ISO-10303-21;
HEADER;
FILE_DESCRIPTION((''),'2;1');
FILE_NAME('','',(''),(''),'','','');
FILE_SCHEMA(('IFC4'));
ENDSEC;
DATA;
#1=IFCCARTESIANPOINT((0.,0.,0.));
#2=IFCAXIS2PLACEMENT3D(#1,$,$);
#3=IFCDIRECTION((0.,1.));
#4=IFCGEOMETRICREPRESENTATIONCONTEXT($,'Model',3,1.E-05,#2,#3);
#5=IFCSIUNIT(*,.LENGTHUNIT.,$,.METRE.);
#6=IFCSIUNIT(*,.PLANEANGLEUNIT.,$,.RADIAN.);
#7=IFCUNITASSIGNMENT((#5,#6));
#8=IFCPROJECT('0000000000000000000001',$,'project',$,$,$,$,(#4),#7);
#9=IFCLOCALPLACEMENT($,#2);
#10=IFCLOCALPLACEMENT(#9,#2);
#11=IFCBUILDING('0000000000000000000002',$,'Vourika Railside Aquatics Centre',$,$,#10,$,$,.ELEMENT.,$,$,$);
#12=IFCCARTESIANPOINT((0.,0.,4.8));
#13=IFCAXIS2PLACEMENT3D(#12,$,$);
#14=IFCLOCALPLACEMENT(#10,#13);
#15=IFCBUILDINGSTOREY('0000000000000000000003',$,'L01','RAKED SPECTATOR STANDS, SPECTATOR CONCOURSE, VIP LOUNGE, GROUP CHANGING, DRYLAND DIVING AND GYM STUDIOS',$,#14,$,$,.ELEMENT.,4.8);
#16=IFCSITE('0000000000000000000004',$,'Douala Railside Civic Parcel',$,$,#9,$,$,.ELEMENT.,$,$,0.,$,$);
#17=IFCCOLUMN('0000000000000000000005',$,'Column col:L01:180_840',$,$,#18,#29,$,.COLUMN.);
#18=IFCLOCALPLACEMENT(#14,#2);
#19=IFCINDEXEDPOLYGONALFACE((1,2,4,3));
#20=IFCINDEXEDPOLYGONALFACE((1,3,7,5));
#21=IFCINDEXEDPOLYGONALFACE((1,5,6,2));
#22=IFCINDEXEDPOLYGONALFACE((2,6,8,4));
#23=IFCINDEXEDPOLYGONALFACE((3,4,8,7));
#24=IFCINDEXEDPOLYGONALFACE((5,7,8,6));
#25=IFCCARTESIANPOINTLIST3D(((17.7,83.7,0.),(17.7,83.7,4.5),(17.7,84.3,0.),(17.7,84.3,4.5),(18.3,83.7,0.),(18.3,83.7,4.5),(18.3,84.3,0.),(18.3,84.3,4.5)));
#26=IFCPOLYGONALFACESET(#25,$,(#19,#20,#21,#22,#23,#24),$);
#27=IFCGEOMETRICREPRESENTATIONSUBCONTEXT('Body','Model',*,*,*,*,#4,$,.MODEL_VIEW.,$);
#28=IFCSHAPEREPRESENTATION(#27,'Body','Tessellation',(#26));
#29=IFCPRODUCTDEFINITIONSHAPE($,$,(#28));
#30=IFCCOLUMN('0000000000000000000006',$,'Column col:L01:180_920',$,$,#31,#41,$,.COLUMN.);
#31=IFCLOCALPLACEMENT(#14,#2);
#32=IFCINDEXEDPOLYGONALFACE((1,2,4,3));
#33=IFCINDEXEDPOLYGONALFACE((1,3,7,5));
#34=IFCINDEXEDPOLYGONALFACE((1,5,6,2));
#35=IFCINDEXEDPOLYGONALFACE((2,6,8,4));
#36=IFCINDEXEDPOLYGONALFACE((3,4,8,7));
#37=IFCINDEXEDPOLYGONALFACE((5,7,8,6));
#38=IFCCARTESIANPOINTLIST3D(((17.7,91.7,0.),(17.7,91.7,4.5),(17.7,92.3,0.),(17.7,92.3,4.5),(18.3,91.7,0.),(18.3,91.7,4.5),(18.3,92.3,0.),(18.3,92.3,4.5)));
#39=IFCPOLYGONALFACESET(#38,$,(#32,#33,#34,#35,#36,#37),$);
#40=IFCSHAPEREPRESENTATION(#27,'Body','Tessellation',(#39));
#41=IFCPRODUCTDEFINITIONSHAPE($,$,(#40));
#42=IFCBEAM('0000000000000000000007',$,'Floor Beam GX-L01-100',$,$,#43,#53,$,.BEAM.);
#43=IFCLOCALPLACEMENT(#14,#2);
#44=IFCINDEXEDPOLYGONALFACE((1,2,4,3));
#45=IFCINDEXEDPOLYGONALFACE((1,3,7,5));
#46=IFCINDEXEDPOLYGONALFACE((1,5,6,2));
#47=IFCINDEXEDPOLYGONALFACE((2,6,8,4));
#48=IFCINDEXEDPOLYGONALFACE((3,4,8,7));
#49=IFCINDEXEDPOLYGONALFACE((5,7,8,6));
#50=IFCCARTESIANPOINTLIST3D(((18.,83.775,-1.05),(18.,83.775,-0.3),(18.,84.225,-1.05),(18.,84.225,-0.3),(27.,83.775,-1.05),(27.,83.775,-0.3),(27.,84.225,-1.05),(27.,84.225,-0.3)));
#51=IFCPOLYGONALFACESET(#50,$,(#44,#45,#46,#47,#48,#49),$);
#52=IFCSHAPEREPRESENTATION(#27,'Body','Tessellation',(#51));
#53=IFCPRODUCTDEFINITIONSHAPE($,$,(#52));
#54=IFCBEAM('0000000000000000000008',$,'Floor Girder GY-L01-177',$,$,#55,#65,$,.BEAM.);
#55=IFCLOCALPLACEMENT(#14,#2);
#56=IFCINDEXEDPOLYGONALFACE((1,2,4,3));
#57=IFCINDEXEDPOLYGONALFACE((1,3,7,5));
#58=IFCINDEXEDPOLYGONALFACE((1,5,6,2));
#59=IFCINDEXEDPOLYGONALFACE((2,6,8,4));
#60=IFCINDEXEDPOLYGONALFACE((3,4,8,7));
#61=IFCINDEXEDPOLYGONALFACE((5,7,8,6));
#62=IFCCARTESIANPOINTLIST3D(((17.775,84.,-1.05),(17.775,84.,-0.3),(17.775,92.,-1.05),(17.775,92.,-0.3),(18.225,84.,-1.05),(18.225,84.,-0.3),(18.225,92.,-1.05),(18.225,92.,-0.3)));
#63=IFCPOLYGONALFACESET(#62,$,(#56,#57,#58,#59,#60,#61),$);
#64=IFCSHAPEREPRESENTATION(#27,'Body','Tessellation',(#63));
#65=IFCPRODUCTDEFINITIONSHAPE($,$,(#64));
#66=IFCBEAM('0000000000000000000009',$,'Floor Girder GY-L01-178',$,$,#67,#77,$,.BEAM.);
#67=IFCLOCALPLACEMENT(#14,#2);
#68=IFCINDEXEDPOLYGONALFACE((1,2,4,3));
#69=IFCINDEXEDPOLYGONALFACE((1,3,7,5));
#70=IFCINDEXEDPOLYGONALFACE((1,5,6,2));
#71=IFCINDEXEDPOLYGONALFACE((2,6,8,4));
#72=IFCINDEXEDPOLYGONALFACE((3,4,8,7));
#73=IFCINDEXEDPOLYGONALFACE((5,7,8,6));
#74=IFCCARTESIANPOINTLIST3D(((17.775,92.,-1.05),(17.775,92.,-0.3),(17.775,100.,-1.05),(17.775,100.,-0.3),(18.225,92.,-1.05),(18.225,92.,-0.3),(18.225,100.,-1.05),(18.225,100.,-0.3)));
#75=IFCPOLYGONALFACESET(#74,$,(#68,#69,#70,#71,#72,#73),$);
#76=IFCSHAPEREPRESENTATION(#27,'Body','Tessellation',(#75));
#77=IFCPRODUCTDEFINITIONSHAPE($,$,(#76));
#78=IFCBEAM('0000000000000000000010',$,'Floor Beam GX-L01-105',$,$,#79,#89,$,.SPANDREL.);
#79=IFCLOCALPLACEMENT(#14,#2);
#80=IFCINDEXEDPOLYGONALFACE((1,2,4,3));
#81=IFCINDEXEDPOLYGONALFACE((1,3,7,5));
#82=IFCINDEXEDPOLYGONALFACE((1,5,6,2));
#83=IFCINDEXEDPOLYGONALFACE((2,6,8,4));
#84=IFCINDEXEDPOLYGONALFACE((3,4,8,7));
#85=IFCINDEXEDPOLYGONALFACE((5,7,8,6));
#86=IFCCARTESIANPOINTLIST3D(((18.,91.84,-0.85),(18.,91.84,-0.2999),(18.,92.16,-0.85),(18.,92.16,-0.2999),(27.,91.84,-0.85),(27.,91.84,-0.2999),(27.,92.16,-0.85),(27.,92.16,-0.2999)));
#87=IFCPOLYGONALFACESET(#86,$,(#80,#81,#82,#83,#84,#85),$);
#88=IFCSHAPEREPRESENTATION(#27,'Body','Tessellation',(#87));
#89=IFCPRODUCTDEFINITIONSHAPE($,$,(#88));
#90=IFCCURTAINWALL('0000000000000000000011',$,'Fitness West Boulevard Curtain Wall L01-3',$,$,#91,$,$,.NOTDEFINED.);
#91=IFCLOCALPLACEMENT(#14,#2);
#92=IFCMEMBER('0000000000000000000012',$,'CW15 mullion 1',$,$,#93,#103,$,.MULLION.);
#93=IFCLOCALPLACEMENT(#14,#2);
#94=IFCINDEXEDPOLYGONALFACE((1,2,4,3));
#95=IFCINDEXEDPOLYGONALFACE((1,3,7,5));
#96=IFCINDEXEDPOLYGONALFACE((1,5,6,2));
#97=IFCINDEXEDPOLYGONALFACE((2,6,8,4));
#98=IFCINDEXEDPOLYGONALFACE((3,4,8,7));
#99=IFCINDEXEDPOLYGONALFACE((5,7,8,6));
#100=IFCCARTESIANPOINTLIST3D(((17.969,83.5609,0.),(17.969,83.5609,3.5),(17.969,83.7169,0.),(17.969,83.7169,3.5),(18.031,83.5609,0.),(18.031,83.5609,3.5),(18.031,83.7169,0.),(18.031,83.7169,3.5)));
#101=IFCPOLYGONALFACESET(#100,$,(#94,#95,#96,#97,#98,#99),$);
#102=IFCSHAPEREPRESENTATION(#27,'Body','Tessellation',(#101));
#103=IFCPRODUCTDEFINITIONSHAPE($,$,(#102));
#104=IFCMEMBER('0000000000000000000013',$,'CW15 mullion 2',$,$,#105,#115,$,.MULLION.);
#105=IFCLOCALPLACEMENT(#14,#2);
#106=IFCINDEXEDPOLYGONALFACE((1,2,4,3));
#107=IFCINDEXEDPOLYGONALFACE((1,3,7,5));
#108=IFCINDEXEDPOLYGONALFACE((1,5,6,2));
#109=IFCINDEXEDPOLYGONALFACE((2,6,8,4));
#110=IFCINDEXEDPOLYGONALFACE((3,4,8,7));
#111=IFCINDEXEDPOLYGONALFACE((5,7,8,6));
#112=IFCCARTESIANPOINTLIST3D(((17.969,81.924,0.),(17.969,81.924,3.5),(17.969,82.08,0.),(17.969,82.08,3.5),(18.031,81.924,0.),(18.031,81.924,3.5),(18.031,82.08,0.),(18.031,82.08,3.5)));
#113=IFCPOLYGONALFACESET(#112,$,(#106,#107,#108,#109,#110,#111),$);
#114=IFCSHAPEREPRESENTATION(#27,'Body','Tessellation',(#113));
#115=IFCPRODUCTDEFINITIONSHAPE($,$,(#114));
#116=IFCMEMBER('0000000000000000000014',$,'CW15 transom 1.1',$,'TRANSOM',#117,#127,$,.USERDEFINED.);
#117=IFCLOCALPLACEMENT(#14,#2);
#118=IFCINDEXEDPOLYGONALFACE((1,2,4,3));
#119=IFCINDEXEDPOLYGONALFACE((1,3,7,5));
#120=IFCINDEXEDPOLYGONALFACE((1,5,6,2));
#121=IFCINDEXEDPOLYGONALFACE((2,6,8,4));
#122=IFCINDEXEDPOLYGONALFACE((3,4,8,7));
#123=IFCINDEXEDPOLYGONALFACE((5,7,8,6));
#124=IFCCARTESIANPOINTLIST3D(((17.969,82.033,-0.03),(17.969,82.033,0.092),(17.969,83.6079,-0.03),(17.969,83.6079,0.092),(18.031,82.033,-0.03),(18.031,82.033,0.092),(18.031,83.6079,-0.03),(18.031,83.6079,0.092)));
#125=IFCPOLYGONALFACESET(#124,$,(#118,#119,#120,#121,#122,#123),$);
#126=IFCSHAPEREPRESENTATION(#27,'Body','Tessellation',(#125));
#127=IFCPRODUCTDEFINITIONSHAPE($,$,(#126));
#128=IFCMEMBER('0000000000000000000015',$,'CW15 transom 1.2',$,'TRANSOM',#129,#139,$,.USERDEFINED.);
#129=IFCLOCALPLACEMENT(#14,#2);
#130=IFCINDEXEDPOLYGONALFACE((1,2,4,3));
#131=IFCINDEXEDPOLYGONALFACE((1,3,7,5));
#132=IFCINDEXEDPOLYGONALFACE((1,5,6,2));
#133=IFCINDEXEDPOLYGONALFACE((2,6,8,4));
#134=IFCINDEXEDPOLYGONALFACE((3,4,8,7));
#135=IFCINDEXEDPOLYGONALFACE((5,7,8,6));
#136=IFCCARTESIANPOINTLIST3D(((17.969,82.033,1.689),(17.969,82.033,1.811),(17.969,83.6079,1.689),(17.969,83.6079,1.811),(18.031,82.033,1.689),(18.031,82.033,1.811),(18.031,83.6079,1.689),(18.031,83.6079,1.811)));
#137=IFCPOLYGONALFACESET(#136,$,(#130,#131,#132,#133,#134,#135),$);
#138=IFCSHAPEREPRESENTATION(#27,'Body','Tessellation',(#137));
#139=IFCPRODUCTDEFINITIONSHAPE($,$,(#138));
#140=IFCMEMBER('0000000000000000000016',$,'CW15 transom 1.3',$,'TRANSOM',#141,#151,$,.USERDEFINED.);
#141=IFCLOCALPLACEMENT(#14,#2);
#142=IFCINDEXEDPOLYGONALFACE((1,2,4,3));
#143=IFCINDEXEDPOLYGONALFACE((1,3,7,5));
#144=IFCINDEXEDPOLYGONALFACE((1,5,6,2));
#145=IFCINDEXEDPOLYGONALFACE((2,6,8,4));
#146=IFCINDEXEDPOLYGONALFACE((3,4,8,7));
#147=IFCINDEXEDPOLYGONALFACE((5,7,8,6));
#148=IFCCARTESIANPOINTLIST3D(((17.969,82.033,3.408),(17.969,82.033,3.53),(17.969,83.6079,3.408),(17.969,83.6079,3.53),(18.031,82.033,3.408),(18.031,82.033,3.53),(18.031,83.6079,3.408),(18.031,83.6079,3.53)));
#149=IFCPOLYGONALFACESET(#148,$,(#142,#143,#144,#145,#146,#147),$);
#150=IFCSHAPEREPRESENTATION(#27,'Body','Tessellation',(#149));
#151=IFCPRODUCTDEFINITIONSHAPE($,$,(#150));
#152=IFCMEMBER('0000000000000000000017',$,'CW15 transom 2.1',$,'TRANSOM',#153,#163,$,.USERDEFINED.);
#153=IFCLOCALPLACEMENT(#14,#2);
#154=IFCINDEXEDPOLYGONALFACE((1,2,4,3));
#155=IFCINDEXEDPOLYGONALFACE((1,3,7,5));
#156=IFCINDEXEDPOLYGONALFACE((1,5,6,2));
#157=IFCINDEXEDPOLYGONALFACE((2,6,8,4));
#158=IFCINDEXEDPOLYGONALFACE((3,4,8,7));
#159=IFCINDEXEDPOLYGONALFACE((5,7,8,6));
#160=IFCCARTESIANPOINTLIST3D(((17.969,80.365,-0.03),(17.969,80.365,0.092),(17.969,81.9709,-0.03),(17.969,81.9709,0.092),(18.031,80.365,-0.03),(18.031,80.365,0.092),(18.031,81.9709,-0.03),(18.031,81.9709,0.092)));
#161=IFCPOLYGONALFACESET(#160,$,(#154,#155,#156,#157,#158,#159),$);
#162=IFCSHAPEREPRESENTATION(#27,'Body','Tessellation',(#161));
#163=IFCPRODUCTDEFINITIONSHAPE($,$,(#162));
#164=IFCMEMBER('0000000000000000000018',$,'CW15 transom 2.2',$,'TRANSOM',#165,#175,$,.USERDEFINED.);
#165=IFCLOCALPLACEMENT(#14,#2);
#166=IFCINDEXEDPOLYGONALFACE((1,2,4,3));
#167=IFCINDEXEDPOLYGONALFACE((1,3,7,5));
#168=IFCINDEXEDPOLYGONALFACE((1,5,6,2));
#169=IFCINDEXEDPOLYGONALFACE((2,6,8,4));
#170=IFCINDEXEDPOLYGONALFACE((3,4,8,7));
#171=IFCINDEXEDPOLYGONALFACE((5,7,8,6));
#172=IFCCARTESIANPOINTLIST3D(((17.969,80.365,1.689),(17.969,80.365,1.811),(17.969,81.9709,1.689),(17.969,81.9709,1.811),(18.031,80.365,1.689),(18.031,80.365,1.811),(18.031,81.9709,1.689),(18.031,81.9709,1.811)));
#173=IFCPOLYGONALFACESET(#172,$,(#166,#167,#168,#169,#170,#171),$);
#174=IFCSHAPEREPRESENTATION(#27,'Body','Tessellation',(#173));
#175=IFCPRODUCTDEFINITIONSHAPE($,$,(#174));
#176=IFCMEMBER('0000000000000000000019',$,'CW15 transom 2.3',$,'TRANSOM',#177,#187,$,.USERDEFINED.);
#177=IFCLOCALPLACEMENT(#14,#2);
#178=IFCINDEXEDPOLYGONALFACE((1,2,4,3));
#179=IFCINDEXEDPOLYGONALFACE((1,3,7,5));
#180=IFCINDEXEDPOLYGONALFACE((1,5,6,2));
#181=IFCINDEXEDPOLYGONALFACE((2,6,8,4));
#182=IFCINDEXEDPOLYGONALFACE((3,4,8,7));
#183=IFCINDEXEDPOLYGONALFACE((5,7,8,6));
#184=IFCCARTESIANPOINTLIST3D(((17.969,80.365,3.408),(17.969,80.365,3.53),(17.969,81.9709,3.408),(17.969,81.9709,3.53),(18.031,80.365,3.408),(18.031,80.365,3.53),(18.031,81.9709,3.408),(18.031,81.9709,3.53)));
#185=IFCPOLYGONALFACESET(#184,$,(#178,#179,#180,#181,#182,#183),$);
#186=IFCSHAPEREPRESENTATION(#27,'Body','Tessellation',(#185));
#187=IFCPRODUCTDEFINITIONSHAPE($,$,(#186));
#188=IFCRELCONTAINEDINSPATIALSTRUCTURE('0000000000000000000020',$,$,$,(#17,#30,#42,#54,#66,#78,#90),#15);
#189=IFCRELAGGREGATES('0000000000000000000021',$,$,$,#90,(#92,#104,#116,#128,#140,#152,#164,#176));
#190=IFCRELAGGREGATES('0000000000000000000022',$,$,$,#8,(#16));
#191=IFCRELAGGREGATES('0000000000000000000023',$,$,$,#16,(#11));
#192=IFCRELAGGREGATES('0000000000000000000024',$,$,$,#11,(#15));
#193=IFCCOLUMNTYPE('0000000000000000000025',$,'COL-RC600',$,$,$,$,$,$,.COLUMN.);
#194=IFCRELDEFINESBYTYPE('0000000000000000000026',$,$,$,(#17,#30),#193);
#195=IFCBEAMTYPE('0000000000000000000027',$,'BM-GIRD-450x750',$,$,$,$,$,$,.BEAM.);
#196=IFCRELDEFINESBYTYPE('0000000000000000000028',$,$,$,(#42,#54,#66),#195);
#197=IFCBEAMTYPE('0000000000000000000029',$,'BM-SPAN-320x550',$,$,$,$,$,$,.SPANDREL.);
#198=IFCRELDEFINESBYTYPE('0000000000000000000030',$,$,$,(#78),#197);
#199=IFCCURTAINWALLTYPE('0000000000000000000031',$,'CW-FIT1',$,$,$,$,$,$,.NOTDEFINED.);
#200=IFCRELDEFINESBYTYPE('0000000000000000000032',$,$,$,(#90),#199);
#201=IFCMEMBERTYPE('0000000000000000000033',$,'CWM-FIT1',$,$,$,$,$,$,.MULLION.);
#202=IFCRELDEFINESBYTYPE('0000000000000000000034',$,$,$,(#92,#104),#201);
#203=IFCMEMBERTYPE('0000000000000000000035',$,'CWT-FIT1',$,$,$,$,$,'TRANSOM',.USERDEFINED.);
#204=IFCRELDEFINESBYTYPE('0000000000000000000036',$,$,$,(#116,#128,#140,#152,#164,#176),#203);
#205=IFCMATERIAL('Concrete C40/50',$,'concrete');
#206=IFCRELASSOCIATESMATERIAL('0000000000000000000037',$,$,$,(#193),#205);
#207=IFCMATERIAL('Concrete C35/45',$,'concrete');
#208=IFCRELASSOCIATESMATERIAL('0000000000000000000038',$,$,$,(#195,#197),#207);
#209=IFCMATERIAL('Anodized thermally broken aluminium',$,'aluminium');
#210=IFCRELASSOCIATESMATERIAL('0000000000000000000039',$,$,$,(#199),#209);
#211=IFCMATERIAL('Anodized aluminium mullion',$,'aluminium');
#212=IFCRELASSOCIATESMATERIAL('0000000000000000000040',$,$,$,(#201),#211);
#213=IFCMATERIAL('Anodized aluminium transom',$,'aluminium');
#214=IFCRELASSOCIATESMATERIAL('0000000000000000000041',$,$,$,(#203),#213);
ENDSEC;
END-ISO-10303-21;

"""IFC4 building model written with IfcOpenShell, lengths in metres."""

from ifc_helpers import new_model, si_unit, direction, frame, origin, origin_2d, place, context, subcontext, project, spatial, rectangle, extrude, material, material_profile, profile_set, type_object, element, aggregate, save


model = new_model("IFC4")

# Units and contexts
model_context = context("Model", 3, precision=1e-05, world=origin(), true_north=direction((0.0, 1.0)))
body_context = subcontext(model_context, "Body", "Model", "MODEL_VIEW")
ifc_project = project(units=[si_unit("LENGTHUNIT", "METRE"), si_unit("PLANEANGLEUNIT", "RADIAN")], contexts=[model_context])

# Site, building, storey
site_placement = place(None, origin())
site = spatial("IfcSite", under=ifc_project, at=site_placement, Name="Douala Railside Civic Parcel", CompositionType="ELEMENT", RefElevation=0.0)
building_placement = place(site_placement, origin())
building = spatial("IfcBuilding", under=site, at=building_placement, Name="Vourika Railside Aquatics Centre", CompositionType="ELEMENT")
storey_placement = place(building_placement, frame((0.0, 0.0, 4.8)))
storey = spatial("IfcBuildingStorey", under=building, at=storey_placement, Name="L01", Description="RAKED SPECTATOR STANDS, SPECTATOR CONCOURSE, VIP LOUNGE, GROUP CHANGING, DRYLAND DIVING AND GYM STUDIOS", CompositionType="ELEMENT", Elevation=4.8)

# Columns
ifc_material_1 = material(Name="Concrete C40/50", Category="concrete")
ifc_material_profile_1 = material_profile(ifc_material_1, rectangle(XDim=0.6001, YDim=0.6001, at=origin_2d()), Name="RC 600x600")
ifc_profile_set_1 = profile_set([ifc_material_profile_1], Name="Concrete C40/50")
column_type = type_object("IfcColumnType", Name="COL-RC600", PredefinedType="COLUMN", material=ifc_profile_set_1)
for number, where, z_axis, x_axis, name in (
    (1, (18.0, 84.0, 0.0), (0.0, 0.0, 1.0), (1.0, 0.0, 0.0), "Column col:L01:180_840"),
    (2, (18.0, 92.0, 0.0), (0.0, 0.0, 1.0), (1.0, 0.0, 0.0), "Column col:L01:180_920"),
):
    element("IfcColumn", number, at=place(storey_placement, frame(where, z_axis=z_axis, x_axis=x_axis)), inside=storey, type_object=column_type, Name=name, PredefinedType="COLUMN", context=body_context, shape_type="SweptSolid", body=[
        extrude(rectangle(XDim=0.6001, YDim=0.6001, at=origin_2d()), origin(), (0.0, 0.0, 1.0), 4.5),
    ])

# Beams
ifc_material_2 = material(Name="Concrete C35/45", Category="concrete")
ifc_material_profile_2 = material_profile(ifc_material_2, rectangle(XDim=0.45, YDim=0.75, at=origin_2d()), Name="RC 450x750")
ifc_profile_set_2 = profile_set([ifc_material_profile_2], Name="Concrete C35/45")
beam_type_1 = type_object("IfcBeamType", Name="BM-GIRD-450x750", PredefinedType="BEAM", material=ifc_profile_set_2)
beam_1_placement = place(storey_placement, frame((18.0, 84.0, -0.675), z_axis=(1.0, 0.0, 0.0), x_axis=(0.0, 1.0, 0.0)))
element("IfcBeam", 3, at=beam_1_placement, inside=storey, type_object=beam_type_1, Name="Floor Beam GX-L01-100", PredefinedType="BEAM", context=body_context, shape_type="SweptSolid", body=[
    extrude(rectangle(XDim=0.45, YDim=0.75, at=origin_2d()), origin(), (0.0, 0.0, 1.0), 9.0),
])
for number, where, z_axis, x_axis, name in (
    (4, (18.0, 84.0, -0.675), (0.0, 1.0, 0.0), (-1.0, 0.0, 0.0), "Floor Girder GY-L01-177"),
    (5, (18.0, 92.0, -0.675), (0.0, 1.0, 0.0), (-1.0, 0.0, 0.0), "Floor Girder GY-L01-178"),
):
    element("IfcBeam", number, at=place(storey_placement, frame(where, z_axis=z_axis, x_axis=x_axis)), inside=storey, type_object=beam_type_1, Name=name, PredefinedType="BEAM", context=body_context, shape_type="SweptSolid", body=[
        extrude(rectangle(XDim=0.45, YDim=0.75, at=origin_2d()), origin(), (0.0, 0.0, 1.0), 8.0),
    ])
ifc_material_profile_3 = material_profile(ifc_material_2, rectangle(XDim=0.3201, YDim=0.55, at=origin_2d()), Name="RC 320x550")
ifc_profile_set_3 = profile_set([ifc_material_profile_3], Name="Concrete C35/45")
beam_type_2 = type_object("IfcBeamType", Name="BM-SPAN-320x550", PredefinedType="SPANDREL", material=ifc_profile_set_3)
beam_2_placement = place(storey_placement, frame((18.0, 92.0, -0.575), z_axis=(1.0, 0.0, 0.0), x_axis=(0.0, 1.0, 0.0)))
element("IfcBeam", 6, at=beam_2_placement, inside=storey, type_object=beam_type_2, Name="Floor Beam GX-L01-105", PredefinedType="SPANDREL", context=body_context, shape_type="SweptSolid", body=[
    extrude(rectangle(XDim=0.3201, YDim=0.55, at=origin_2d()), origin(), (0.0, 0.0, 1.0), 9.0),
])

# Curtain wall, members
ifc_material_3 = material(Name="Anodized thermally broken aluminium", Category="aluminium")
curtain_wall_type = type_object("IfcCurtainWallType", Name="CW-FIT1", PredefinedType="NOTDEFINED", material=ifc_material_3)
curtain_wall_placement = place(storey_placement, origin())
curtain_wall = element("IfcCurtainWall", 7, at=curtain_wall_placement, inside=storey, type_object=curtain_wall_type, Name="Fitness West Boulevard Curtain Wall L01-3", PredefinedType="NOTDEFINED")
ifc_material_4 = material(Name="Anodized aluminium mullion", Category="aluminium")
ifc_material_profile_4 = material_profile(ifc_material_4, rectangle(XDim=0.062, YDim=0.156, at=origin_2d()), Name="ALU-M 62x156")
ifc_profile_set_4 = profile_set([ifc_material_profile_4], Name="Anodized aluminium mullion")
member_type_1 = type_object("IfcMemberType", Name="CWM-FIT1", PredefinedType="MULLION", material=ifc_profile_set_4)
member_1_placement = place(storey_placement, frame((18.0, 83.6389, 0.0), z_axis=(0.0, 0.0, 1.0), x_axis=(1.0, 0.0, 0.0)))
member_1 = element("IfcMember", 8, at=member_1_placement, type_object=member_type_1, Name="CW15 mullion 1", PredefinedType="MULLION", context=body_context, shape_type="SweptSolid", body=[
    extrude(rectangle(XDim=0.062, YDim=0.156, at=origin_2d()), origin(), (0.0, 0.0, 1.0), 3.5),
])
member_2_placement = place(storey_placement, frame((18.0, 82.002, 0.0), z_axis=(0.0, 0.0, 1.0), x_axis=(1.0, 0.0, 0.0)))
member_2 = element("IfcMember", 9, at=member_2_placement, type_object=member_type_1, Name="CW15 mullion 2", PredefinedType="MULLION", context=body_context, shape_type="SweptSolid", body=[
    extrude(rectangle(XDim=0.062, YDim=0.156, at=origin_2d()), origin(), (0.0, 0.0, 1.0), 3.5),
])
ifc_material_5 = material(Name="Anodized aluminium transom", Category="aluminium")
ifc_material_profile_5 = material_profile(ifc_material_5, rectangle(XDim=0.062, YDim=0.1221, at=origin_2d()), Name="ALU-T 62x122")
ifc_profile_set_5 = profile_set([ifc_material_profile_5], Name="Anodized aluminium transom")
member_type_2 = type_object("IfcMemberType", Name="CWT-FIT1", ElementType="TRANSOM", PredefinedType="USERDEFINED", material=ifc_profile_set_5)
member_3_placement = place(storey_placement, frame((18.0, 83.6079, 0.031), z_axis=(0.0, -1.0, 0.0), x_axis=(1.0, 0.0, 0.0)))
member_3 = element("IfcMember", 10, at=member_3_placement, type_object=member_type_2, Name="CW15 transom 1.1", ObjectType="TRANSOM", PredefinedType="USERDEFINED", context=body_context, shape_type="SweptSolid", body=[
    extrude(rectangle(XDim=0.062, YDim=0.1221, at=origin_2d()), origin(), (0.0, 0.0, 1.0), 1.575),
])
member_4_placement = place(storey_placement, frame((18.0, 83.6079, 1.75), z_axis=(0.0, -1.0, 0.0), x_axis=(1.0, 0.0, 0.0)))
member_4 = element("IfcMember", 11, at=member_4_placement, type_object=member_type_2, Name="CW15 transom 1.2", ObjectType="TRANSOM", PredefinedType="USERDEFINED", context=body_context, shape_type="SweptSolid", body=[
    extrude(rectangle(XDim=0.062, YDim=0.1221, at=origin_2d()), origin(), (0.0, 0.0, 1.0), 1.575),
])
member_5_placement = place(storey_placement, frame((18.0, 83.6079, 3.469), z_axis=(0.0, -1.0, 0.0), x_axis=(1.0, 0.0, 0.0)))
member_5 = element("IfcMember", 12, at=member_5_placement, type_object=member_type_2, Name="CW15 transom 1.3", ObjectType="TRANSOM", PredefinedType="USERDEFINED", context=body_context, shape_type="SweptSolid", body=[
    extrude(rectangle(XDim=0.062, YDim=0.1221, at=origin_2d()), origin(), (0.0, 0.0, 1.0), 1.575),
])
member_6_placement = place(storey_placement, frame((18.0, 81.9709, 0.031), z_axis=(0.0, -1.0, 0.0), x_axis=(1.0, 0.0, 0.0)))
member_6 = element("IfcMember", 13, at=member_6_placement, type_object=member_type_2, Name="CW15 transom 2.1", ObjectType="TRANSOM", PredefinedType="USERDEFINED", context=body_context, shape_type="SweptSolid", body=[
    extrude(rectangle(XDim=0.062, YDim=0.1221, at=origin_2d()), origin(), (0.0, 0.0, 1.0), 1.606),
])
member_7_placement = place(storey_placement, frame((18.0, 81.9709, 1.75), z_axis=(0.0, -1.0, 0.0), x_axis=(1.0, 0.0, 0.0)))
member_7 = element("IfcMember", 14, at=member_7_placement, type_object=member_type_2, Name="CW15 transom 2.2", ObjectType="TRANSOM", PredefinedType="USERDEFINED", context=body_context, shape_type="SweptSolid", body=[
    extrude(rectangle(XDim=0.062, YDim=0.1221, at=origin_2d()), origin(), (0.0, 0.0, 1.0), 1.606),
])
member_8_placement = place(storey_placement, frame((18.0, 81.9709, 3.469), z_axis=(0.0, -1.0, 0.0), x_axis=(1.0, 0.0, 0.0)))
member_8 = element("IfcMember", 15, at=member_8_placement, type_object=member_type_2, Name="CW15 transom 2.3", ObjectType="TRANSOM", PredefinedType="USERDEFINED", context=body_context, shape_type="SweptSolid", body=[
    extrude(rectangle(XDim=0.062, YDim=0.1221, at=origin_2d()), origin(), (0.0, 0.0, 1.0), 1.606),
])
aggregate(curtain_wall, [member_1, member_2, member_3, member_4, member_5, member_6, member_7, member_8])

save(model, "model.ifc")
